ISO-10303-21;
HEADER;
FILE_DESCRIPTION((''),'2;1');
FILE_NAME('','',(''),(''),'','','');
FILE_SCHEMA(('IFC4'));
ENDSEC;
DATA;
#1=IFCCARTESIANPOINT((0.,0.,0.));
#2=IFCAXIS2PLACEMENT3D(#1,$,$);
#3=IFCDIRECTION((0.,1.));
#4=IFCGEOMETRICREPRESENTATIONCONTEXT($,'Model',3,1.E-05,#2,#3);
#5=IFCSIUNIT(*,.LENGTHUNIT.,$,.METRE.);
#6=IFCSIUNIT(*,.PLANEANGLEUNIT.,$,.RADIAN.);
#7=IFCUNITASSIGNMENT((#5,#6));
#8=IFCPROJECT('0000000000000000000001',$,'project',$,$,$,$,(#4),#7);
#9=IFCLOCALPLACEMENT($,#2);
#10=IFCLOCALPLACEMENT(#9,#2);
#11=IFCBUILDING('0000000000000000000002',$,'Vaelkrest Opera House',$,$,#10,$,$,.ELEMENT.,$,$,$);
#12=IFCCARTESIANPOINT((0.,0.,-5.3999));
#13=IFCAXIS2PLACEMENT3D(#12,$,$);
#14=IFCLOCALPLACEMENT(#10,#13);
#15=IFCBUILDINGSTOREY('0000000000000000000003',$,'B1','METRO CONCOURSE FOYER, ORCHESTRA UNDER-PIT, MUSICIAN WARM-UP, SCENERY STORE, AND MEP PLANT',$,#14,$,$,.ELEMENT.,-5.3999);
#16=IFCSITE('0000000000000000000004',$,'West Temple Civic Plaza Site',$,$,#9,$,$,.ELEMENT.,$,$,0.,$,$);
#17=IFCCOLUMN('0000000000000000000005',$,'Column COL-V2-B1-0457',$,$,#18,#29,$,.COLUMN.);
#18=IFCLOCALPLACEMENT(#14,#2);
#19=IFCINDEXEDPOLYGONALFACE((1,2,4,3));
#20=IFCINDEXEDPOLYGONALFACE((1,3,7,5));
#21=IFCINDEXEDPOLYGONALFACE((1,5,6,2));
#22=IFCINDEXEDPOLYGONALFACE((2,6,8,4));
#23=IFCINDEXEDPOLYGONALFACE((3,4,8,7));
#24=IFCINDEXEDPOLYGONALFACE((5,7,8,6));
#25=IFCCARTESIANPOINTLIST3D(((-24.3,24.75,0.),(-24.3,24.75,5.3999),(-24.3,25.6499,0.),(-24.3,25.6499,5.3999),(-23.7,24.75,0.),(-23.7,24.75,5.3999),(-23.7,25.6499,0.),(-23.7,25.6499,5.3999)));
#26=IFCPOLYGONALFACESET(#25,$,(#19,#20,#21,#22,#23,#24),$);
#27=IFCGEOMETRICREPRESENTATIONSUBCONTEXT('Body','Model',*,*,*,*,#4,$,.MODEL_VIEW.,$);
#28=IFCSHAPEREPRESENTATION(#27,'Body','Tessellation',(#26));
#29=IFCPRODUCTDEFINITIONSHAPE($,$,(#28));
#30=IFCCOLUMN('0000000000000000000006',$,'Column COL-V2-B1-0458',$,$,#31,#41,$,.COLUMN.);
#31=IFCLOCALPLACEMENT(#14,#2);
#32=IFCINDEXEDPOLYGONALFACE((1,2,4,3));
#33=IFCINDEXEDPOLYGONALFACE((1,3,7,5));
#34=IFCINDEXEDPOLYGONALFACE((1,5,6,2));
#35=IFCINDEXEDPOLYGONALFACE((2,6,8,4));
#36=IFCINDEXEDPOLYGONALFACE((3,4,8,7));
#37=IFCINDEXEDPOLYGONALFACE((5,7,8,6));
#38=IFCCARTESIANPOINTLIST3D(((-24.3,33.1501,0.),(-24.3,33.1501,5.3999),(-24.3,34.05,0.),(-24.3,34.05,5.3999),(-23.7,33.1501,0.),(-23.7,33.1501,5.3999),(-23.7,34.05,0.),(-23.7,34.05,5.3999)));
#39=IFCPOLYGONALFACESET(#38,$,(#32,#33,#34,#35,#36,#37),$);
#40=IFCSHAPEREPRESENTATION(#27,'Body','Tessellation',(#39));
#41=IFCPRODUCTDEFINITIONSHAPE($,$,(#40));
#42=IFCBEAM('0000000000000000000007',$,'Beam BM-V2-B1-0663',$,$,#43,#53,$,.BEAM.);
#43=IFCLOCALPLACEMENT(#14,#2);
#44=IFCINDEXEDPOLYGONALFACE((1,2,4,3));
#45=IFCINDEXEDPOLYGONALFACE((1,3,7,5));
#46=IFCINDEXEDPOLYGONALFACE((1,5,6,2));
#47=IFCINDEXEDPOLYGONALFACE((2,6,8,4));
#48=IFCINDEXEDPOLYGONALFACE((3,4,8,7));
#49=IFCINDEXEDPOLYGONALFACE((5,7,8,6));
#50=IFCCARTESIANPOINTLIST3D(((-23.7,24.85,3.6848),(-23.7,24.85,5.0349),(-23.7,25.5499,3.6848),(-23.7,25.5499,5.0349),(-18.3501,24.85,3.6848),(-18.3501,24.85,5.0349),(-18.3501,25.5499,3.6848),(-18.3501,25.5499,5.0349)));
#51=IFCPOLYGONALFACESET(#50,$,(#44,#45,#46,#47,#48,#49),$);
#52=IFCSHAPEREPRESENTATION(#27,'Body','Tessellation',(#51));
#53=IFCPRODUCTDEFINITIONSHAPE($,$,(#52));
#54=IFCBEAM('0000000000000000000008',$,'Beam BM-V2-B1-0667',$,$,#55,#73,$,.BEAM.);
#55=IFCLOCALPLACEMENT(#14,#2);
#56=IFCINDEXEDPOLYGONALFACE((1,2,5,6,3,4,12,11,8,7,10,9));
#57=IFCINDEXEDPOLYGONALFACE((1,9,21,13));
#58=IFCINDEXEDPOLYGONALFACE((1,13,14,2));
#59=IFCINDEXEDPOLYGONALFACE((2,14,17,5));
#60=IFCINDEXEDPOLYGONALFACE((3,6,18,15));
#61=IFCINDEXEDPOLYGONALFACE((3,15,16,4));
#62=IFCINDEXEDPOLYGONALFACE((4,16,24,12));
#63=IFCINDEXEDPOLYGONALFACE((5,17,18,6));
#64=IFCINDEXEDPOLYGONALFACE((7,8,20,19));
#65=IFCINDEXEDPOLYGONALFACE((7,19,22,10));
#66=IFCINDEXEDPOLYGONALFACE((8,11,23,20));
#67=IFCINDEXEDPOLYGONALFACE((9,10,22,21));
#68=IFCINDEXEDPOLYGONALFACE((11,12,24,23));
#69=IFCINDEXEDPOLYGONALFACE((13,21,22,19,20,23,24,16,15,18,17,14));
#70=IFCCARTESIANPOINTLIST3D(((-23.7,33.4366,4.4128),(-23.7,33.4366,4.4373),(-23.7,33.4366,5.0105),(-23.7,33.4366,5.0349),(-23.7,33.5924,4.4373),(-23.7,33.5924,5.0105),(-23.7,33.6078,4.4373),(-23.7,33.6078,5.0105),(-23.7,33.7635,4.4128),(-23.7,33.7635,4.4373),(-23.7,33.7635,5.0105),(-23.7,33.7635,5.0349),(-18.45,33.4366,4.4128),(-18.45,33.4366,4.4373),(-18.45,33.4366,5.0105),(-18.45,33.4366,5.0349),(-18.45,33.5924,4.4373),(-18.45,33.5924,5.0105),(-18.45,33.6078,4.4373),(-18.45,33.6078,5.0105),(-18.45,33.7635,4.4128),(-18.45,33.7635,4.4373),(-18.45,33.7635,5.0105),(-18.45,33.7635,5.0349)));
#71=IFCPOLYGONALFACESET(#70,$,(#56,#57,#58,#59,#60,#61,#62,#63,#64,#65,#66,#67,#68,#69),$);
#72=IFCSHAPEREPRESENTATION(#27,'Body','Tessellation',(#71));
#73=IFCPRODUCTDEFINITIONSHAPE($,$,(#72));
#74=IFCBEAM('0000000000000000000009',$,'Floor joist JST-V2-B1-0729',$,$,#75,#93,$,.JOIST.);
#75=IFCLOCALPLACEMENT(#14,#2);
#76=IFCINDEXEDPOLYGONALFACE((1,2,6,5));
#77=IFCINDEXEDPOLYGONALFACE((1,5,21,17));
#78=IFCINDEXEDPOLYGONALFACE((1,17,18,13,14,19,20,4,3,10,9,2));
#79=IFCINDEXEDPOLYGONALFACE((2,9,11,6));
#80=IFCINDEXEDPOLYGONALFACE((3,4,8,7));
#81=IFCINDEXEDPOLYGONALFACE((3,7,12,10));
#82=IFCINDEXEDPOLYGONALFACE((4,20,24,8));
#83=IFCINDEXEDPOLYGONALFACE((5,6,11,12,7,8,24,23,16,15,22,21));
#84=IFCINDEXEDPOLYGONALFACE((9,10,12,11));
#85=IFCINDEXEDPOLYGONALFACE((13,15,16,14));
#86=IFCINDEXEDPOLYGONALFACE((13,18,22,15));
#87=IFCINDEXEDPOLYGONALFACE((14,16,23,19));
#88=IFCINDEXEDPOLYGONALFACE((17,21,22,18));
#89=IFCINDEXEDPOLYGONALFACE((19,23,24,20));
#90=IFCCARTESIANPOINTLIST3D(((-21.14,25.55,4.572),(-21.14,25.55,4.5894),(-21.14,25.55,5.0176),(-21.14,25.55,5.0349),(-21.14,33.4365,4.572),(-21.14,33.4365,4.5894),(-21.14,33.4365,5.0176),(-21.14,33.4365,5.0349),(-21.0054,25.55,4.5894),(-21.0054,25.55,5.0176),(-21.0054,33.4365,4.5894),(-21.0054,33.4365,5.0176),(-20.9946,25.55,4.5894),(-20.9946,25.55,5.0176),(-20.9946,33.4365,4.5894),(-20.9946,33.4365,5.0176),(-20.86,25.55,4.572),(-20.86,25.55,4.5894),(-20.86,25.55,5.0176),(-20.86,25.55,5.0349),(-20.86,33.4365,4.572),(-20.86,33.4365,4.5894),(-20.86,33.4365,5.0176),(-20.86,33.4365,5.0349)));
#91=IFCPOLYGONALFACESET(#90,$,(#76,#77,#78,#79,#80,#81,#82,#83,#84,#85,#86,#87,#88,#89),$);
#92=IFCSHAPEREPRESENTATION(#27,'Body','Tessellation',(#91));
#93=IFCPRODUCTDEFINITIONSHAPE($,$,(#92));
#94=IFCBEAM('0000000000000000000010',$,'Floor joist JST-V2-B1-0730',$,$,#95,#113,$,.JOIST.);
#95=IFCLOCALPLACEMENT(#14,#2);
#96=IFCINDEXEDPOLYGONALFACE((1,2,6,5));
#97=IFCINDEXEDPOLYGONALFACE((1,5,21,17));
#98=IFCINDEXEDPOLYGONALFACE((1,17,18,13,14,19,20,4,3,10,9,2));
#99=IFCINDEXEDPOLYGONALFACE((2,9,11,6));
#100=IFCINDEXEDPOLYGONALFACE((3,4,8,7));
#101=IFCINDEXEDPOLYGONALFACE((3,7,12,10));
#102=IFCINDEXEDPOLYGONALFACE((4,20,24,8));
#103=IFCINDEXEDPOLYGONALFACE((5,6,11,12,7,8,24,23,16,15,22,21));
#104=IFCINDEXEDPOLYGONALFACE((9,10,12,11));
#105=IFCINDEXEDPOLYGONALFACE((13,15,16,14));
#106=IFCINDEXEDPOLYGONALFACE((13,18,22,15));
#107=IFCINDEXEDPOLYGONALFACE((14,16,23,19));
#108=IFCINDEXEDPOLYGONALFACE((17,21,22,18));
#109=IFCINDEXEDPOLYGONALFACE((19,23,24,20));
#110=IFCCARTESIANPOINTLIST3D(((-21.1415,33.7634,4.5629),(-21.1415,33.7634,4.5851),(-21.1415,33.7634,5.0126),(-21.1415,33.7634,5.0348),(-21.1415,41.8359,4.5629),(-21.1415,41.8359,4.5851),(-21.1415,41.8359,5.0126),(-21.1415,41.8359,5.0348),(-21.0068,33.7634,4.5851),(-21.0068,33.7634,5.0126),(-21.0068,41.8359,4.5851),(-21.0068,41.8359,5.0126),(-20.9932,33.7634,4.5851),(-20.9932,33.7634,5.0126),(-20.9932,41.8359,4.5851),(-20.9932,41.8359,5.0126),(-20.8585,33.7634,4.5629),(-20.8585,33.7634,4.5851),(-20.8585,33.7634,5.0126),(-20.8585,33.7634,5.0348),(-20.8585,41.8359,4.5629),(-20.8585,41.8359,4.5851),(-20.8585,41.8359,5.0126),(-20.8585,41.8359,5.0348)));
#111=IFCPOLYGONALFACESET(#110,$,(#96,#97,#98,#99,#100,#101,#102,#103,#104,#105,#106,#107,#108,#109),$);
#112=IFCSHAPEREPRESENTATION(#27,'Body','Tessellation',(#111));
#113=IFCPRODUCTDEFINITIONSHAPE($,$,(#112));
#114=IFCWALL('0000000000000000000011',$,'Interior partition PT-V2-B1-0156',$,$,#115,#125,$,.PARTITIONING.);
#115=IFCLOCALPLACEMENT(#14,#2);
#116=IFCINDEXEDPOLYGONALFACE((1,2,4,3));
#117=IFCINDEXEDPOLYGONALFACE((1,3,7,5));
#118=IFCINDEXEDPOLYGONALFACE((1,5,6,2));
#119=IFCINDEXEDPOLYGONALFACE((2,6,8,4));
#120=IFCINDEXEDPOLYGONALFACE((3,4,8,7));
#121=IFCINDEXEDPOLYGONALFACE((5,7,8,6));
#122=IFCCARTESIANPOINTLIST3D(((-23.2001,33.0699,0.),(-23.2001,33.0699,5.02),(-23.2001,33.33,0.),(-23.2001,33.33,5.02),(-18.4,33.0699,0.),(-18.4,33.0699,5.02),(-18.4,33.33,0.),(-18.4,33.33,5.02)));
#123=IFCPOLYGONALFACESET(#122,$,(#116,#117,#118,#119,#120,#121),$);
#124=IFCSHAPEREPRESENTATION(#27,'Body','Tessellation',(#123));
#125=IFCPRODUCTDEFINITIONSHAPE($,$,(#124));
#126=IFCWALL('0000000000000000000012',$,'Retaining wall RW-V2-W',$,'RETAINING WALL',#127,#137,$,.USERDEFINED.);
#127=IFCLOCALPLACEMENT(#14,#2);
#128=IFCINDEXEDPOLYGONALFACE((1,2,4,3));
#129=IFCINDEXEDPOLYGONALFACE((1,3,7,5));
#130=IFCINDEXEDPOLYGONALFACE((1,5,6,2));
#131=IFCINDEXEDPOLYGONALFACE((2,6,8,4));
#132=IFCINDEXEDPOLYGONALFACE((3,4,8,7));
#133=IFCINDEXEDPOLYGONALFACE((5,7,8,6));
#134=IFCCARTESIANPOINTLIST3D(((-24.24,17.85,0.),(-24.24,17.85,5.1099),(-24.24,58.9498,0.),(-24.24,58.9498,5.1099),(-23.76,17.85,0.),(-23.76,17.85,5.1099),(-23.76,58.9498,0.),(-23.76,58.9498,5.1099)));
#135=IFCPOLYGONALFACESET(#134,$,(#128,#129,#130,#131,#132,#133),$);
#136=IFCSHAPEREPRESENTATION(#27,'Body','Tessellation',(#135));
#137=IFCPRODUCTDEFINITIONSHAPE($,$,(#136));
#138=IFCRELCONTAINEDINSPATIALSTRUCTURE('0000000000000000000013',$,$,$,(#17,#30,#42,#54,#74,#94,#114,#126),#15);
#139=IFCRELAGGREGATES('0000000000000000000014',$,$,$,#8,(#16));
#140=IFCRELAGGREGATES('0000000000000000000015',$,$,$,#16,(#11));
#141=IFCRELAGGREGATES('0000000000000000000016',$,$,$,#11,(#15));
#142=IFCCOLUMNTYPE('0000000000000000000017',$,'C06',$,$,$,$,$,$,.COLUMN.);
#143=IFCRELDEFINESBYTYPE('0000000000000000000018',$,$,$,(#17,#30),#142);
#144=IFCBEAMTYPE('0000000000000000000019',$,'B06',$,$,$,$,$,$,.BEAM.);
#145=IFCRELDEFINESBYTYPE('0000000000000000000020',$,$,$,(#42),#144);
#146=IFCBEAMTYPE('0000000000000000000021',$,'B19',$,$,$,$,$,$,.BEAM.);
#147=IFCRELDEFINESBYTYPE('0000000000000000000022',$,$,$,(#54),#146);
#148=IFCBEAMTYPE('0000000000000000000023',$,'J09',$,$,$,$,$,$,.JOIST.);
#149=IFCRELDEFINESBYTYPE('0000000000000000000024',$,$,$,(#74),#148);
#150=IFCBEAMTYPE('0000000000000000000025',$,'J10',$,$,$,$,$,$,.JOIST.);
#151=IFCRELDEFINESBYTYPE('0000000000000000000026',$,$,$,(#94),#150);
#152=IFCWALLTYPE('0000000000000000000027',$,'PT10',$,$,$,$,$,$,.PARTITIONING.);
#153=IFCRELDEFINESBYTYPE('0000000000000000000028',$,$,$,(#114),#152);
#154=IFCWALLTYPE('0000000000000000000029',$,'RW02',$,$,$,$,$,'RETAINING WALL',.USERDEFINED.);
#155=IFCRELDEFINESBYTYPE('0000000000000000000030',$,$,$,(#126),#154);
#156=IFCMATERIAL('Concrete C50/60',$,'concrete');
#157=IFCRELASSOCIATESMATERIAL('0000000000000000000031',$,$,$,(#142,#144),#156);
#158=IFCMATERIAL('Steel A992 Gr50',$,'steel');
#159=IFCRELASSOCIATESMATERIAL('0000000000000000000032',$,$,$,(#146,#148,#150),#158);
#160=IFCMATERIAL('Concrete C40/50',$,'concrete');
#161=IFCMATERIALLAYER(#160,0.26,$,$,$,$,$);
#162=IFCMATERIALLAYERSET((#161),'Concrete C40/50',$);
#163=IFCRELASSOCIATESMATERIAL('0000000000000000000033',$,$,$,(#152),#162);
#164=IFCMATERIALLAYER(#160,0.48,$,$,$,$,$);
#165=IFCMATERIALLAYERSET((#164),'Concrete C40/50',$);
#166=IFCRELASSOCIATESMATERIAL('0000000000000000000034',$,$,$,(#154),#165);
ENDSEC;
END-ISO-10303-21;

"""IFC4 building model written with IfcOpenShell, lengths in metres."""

from ifc_helpers import new_model, si_unit, direction, frame, frame_2d, origin, origin_2d, place, context, subcontext, project, spatial, rectangle, i_section, extrude, material, layer, layer_set, material_profile, profile_set, type_object, element, save


model = new_model("IFC4")

# Units and contexts
model_context = context("Model", 3, precision=1e-05, world=origin(), true_north=direction((0.0, 1.0)))
body_context = subcontext(model_context, "Body", "Model", "MODEL_VIEW")
ifc_project = project(units=[si_unit("LENGTHUNIT", "METRE"), si_unit("PLANEANGLEUNIT", "RADIAN")], contexts=[model_context])

# Site, building, storey
site_placement = place(None, origin())
site = spatial("IfcSite", under=ifc_project, at=site_placement, Name="West Temple Civic Plaza Site", CompositionType="ELEMENT", RefElevation=0.0)
building_placement = place(site_placement, origin())
building = spatial("IfcBuilding", under=site, at=building_placement, Name="Vaelkrest Opera House", CompositionType="ELEMENT")
storey_placement = place(building_placement, frame((0.0, 0.0, -5.3999)))
storey = spatial("IfcBuildingStorey", under=building, at=storey_placement, Name="B1", Description="METRO CONCOURSE FOYER, ORCHESTRA UNDER-PIT, MUSICIAN WARM-UP, SCENERY STORE, AND MEP PLANT", CompositionType="ELEMENT", Elevation=-5.3999)

# Shared definitions
ifc_material_1 = material(Name="Concrete C40/50", Category="concrete")

# Columns
ifc_material_2 = material(Name="Concrete C50/60", Category="concrete")
ifc_material_profile_1 = material_profile(ifc_material_2, rectangle(XDim=0.6001, YDim=0.8999, at=origin_2d()), Name="RC600X900")
ifc_profile_set_1 = profile_set([ifc_material_profile_1], Name="Concrete C50/60")
column_type = type_object("IfcColumnType", Name="C06", PredefinedType="COLUMN", material=ifc_profile_set_1)
for number, where, z_axis, x_axis, name in (
    (1, (-24.0, 25.2, 0.0), (0.0, 0.0, 1.0), (1.0, 0.0, 0.0), "Column COL-V2-B1-0457"),
    (2, (-24.0, 33.6001, 0.0), (0.0, 0.0, 1.0), (1.0, 0.0, 0.0), "Column COL-V2-B1-0458"),
):
    element("IfcColumn", number, at=place(storey_placement, frame(where, z_axis=z_axis, x_axis=x_axis)), inside=storey, type_object=column_type, Name=name, PredefinedType="COLUMN", context=body_context, shape_type="SweptSolid", body=[
        extrude(rectangle(XDim=0.6001, YDim=0.8999, at=origin_2d()), origin(), (0.0, 0.0, 1.0), 5.3999),
    ])

# Beams
ifc_material_profile_2 = material_profile(ifc_material_2, rectangle(XDim=0.7, YDim=1.3501, at=origin_2d()), Name="RCB700X1350")
ifc_profile_set_2 = profile_set([ifc_material_profile_2], Name="Concrete C50/60")
beam_type_1 = type_object("IfcBeamType", Name="B06", PredefinedType="BEAM", material=ifc_profile_set_2)
beam_1_placement = place(storey_placement, frame((-23.7, 25.2, 4.3599), z_axis=(1.0, 0.0, 0.0), x_axis=(0.0, 1.0, 0.0)))
element("IfcBeam", 3, at=beam_1_placement, inside=storey, type_object=beam_type_1, Name="Beam BM-V2-B1-0663", PredefinedType="BEAM", context=body_context, shape_type="SweptSolid", body=[
    extrude(rectangle(XDim=0.7, YDim=1.3501, at=origin_2d()), origin(), (0.0, 0.0, 1.0), 5.3499),
])
ifc_material_3 = material(Name="Steel A992 Gr50", Category="steel")
ifc_material_profile_3 = material_profile(ifc_material_3, i_section(OverallWidth=0.3269, OverallDepth=0.6221, WebThickness=0.0154, FlangeThickness=0.0244, at=origin_2d()), Name="W24X131")
ifc_profile_set_3 = profile_set([ifc_material_profile_3], Name="Steel A992 Gr50")
beam_type_2 = type_object("IfcBeamType", Name="B19", PredefinedType="BEAM", material=ifc_profile_set_3)
beam_2_placement = place(storey_placement, frame((-23.7, 33.6001, 4.7239), z_axis=(1.0, 0.0, 0.0), x_axis=(0.0, 1.0, 0.0)))
element("IfcBeam", 4, at=beam_2_placement, inside=storey, type_object=beam_type_2, Name="Beam BM-V2-B1-0667", PredefinedType="BEAM", context=body_context, shape_type="SweptSolid", body=[
    extrude(i_section(OverallWidth=0.3269, OverallDepth=0.6221, WebThickness=0.0154, FlangeThickness=0.0244, at=origin_2d()), origin(), (0.0, 0.0, 1.0), 5.25),
])
ifc_material_profile_4 = material_profile(ifc_material_3, i_section(OverallWidth=0.28, OverallDepth=0.4629, WebThickness=0.0107, FlangeThickness=0.0173, at=origin_2d()), Name="W18X76")
ifc_profile_set_4 = profile_set([ifc_material_profile_4], Name="Steel A992 Gr50")
beam_type_3 = type_object("IfcBeamType", Name="J09", PredefinedType="JOIST", material=ifc_profile_set_4)
beam_3_placement = place(storey_placement, frame((-21.0, 25.55, 4.8035), z_axis=(0.0, 1.0, 0.0), x_axis=(-1.0, 0.0, 0.0)))
element("IfcBeam", 5, at=beam_3_placement, inside=storey, type_object=beam_type_3, Name="Floor joist JST-V2-B1-0729", PredefinedType="JOIST", context=body_context, shape_type="SweptSolid", body=[
    extrude(i_section(OverallWidth=0.28, OverallDepth=0.4629, WebThickness=0.0107, FlangeThickness=0.0173, at=origin_2d()), origin(), (0.0, 0.0, 1.0), 7.8865),
])
ifc_material_profile_5 = material_profile(ifc_material_3, i_section(OverallWidth=0.283, OverallDepth=0.4719, WebThickness=0.0137, FlangeThickness=0.0222, at=origin_2d()), Name="W18X97")
ifc_profile_set_5 = profile_set([ifc_material_profile_5], Name="Steel A992 Gr50")
beam_type_4 = type_object("IfcBeamType", Name="J10", PredefinedType="JOIST", material=ifc_profile_set_5)
beam_4_placement = place(storey_placement, frame((-21.0, 33.7634, 4.7988), z_axis=(0.0, 1.0, 0.0), x_axis=(-1.0, 0.0, 0.0)))
element("IfcBeam", 6, at=beam_4_placement, inside=storey, type_object=beam_type_4, Name="Floor joist JST-V2-B1-0730", PredefinedType="JOIST", context=body_context, shape_type="SweptSolid", body=[
    extrude(i_section(OverallWidth=0.283, OverallDepth=0.4719, WebThickness=0.0137, FlangeThickness=0.0222, at=origin_2d()), origin(), (0.0, 0.0, 1.0), 8.0725),
])

# Walls
ifc_layer_1 = layer(ifc_material_1, 0.26)
ifc_layer_set_1 = layer_set([ifc_layer_1], Name="Concrete C40/50")
wall_type_1 = type_object("IfcWallType", Name="PT10", PredefinedType="PARTITIONING", material=ifc_layer_set_1)
wall_1_placement = place(storey_placement, frame((-23.2, 33.2, 0.0), z_axis=(0.0, 0.0, 1.0), x_axis=(1.0, 0.0, 0.0)))
element("IfcWall", 7, at=wall_1_placement, inside=storey, type_object=wall_type_1, Name="Interior partition PT-V2-B1-0156", PredefinedType="PARTITIONING", context=body_context, shape_type="SweptSolid", body=[
    extrude(rectangle(XDim=4.8, YDim=0.26, at=frame_2d((2.3999, 0.0))), origin(), (0.0, 0.0, 1.0), 5.02),
])
ifc_layer_2 = layer(ifc_material_1, 0.48)
ifc_layer_set_2 = layer_set([ifc_layer_2], Name="Concrete C40/50")
wall_type_2 = type_object("IfcWallType", Name="RW02", ElementType="RETAINING WALL", PredefinedType="USERDEFINED", material=ifc_layer_set_2)
wall_2_placement = place(storey_placement, frame((-24.0, 17.8501, 0.0), z_axis=(0.0, 0.0, 1.0), x_axis=(0.0, 1.0, 0.0)))
element("IfcWall", 8, at=wall_2_placement, inside=storey, type_object=wall_type_2, Name="Retaining wall RW-V2-W", ObjectType="RETAINING WALL", PredefinedType="USERDEFINED", context=body_context, shape_type="SweptSolid", body=[
    extrude(rectangle(XDim=41.0999, YDim=0.48, at=frame_2d((20.5498, 0.0))), origin(), (0.0, 0.0, 1.0), 5.1099),
])

save(model, "model.ifc")
